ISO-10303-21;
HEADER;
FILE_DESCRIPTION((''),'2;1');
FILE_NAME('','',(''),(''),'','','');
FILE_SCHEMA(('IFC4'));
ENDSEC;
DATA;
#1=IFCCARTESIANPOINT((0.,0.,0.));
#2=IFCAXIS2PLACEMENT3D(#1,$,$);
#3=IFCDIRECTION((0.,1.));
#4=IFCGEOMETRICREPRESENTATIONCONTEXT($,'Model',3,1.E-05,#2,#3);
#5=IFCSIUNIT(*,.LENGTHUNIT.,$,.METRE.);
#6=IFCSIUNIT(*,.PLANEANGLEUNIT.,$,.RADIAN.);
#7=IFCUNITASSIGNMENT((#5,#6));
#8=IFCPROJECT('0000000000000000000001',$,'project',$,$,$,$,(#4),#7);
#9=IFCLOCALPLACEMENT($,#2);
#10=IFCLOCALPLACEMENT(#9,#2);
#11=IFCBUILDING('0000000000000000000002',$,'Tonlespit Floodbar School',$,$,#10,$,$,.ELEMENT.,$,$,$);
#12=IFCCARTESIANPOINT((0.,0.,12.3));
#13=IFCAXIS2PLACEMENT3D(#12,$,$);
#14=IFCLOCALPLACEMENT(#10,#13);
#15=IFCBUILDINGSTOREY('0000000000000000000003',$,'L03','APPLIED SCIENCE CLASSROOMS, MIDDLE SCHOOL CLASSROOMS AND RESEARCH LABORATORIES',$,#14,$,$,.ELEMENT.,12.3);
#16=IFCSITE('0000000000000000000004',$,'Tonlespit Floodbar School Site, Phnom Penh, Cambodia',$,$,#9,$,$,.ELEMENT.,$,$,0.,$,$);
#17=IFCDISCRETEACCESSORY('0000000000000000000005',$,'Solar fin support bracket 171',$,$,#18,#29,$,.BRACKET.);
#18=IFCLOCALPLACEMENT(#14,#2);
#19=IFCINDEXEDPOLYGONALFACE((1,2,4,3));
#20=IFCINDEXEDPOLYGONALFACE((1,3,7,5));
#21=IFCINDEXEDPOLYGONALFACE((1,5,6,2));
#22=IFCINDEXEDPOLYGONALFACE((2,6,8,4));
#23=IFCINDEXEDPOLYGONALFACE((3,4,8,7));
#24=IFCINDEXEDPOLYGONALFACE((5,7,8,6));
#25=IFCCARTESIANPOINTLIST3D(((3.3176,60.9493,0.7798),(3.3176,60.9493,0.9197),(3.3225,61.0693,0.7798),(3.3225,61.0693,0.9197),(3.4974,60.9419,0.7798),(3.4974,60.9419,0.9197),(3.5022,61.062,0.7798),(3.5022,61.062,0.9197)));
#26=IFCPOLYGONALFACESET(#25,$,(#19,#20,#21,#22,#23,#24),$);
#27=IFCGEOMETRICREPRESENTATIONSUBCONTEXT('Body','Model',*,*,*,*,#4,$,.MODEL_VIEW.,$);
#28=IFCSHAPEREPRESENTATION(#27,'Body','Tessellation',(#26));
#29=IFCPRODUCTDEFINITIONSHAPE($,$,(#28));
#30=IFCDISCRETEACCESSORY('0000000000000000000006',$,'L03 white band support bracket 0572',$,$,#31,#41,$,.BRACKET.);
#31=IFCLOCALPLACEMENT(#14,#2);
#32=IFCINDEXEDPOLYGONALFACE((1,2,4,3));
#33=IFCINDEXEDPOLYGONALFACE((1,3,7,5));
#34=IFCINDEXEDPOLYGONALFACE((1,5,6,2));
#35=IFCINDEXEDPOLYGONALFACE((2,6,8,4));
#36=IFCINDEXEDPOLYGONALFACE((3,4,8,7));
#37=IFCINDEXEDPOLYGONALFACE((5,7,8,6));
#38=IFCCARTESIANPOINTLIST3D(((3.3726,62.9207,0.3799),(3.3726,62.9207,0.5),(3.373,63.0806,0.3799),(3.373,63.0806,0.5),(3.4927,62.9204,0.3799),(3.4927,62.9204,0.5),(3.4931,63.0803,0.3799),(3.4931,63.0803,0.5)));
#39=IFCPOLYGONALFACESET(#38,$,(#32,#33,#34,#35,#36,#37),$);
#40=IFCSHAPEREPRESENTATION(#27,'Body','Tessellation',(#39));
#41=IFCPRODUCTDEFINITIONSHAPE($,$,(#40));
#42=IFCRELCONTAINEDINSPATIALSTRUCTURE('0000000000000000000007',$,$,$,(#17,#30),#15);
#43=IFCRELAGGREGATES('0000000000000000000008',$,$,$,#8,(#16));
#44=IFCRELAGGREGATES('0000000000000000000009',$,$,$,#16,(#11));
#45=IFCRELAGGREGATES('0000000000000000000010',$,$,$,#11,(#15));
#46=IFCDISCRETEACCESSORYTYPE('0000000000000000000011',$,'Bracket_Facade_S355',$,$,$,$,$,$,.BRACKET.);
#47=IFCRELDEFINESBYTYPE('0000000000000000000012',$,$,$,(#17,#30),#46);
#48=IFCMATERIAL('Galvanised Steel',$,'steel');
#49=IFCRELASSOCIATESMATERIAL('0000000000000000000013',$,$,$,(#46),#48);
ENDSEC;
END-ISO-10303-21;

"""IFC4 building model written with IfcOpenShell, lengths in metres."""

from ifc_helpers import new_model, si_unit, direction, frame, origin, origin_2d, place, context, subcontext, project, spatial, rectangle, extrude, material, type_object, element, save


model = new_model("IFC4")

# Units and contexts
model_context = context("Model", 3, precision=1e-05, world=origin(), true_north=direction((0.0, 1.0)))
body_context = subcontext(model_context, "Body", "Model", "MODEL_VIEW")
ifc_project = project(units=[si_unit("LENGTHUNIT", "METRE"), si_unit("PLANEANGLEUNIT", "RADIAN")], contexts=[model_context])

# Site, building, storey
site_placement = place(None, origin())
site = spatial("IfcSite", under=ifc_project, at=site_placement, Name="Tonlespit Floodbar School Site, Phnom Penh, Cambodia", CompositionType="ELEMENT", RefElevation=0.0)
building_placement = place(site_placement, origin())
building = spatial("IfcBuilding", under=site, at=building_placement, Name="Tonlespit Floodbar School", CompositionType="ELEMENT")
storey_placement = place(building_placement, frame((0.0, 0.0, 12.3)))
storey = spatial("IfcBuildingStorey", under=building, at=storey_placement, Name="L03", Description="APPLIED SCIENCE CLASSROOMS, MIDDLE SCHOOL CLASSROOMS AND RESEARCH LABORATORIES", CompositionType="ELEMENT", Elevation=12.3)

# Discrete accessories
ifc_material_1 = material(Name="Galvanised Steel", Category="steel")
discrete_accessory_type = type_object("IfcDiscreteAccessoryType", Name="Bracket_Facade_S355", PredefinedType="BRACKET", material=ifc_material_1)
discrete_accessory_1_placement = place(storey_placement, frame((3.4099, 61.0056, 0.7798), z_axis=(0.0, 0.0, 1.0), x_axis=(0.040716, 0.999171, 0.0)))
element("IfcDiscreteAccessory", 1, at=discrete_accessory_1_placement, inside=storey, type_object=discrete_accessory_type, Name="Solar fin support bracket 171", PredefinedType="BRACKET", context=body_context, shape_type="SweptSolid", body=[
    extrude(rectangle(XDim=0.1201, YDim=0.1799, at=origin_2d()), origin(), (0.0, 0.0, 1.0), 0.1399),
])
discrete_accessory_2_placement = place(storey_placement, frame((3.4329, 63.0005, 0.3799), z_axis=(0.0, 0.0, 1.0), x_axis=(0.002201, 0.999998, 0.0)))
element("IfcDiscreteAccessory", 2, at=discrete_accessory_2_placement, inside=storey, type_object=discrete_accessory_type, Name="L03 white band support bracket 0572", PredefinedType="BRACKET", context=body_context, shape_type="SweptSolid", body=[
    extrude(rectangle(XDim=0.1599, YDim=0.1201, at=origin_2d()), origin(), (0.0, 0.0, 1.0), 0.1201),
])

save(model, "model.ifc")
